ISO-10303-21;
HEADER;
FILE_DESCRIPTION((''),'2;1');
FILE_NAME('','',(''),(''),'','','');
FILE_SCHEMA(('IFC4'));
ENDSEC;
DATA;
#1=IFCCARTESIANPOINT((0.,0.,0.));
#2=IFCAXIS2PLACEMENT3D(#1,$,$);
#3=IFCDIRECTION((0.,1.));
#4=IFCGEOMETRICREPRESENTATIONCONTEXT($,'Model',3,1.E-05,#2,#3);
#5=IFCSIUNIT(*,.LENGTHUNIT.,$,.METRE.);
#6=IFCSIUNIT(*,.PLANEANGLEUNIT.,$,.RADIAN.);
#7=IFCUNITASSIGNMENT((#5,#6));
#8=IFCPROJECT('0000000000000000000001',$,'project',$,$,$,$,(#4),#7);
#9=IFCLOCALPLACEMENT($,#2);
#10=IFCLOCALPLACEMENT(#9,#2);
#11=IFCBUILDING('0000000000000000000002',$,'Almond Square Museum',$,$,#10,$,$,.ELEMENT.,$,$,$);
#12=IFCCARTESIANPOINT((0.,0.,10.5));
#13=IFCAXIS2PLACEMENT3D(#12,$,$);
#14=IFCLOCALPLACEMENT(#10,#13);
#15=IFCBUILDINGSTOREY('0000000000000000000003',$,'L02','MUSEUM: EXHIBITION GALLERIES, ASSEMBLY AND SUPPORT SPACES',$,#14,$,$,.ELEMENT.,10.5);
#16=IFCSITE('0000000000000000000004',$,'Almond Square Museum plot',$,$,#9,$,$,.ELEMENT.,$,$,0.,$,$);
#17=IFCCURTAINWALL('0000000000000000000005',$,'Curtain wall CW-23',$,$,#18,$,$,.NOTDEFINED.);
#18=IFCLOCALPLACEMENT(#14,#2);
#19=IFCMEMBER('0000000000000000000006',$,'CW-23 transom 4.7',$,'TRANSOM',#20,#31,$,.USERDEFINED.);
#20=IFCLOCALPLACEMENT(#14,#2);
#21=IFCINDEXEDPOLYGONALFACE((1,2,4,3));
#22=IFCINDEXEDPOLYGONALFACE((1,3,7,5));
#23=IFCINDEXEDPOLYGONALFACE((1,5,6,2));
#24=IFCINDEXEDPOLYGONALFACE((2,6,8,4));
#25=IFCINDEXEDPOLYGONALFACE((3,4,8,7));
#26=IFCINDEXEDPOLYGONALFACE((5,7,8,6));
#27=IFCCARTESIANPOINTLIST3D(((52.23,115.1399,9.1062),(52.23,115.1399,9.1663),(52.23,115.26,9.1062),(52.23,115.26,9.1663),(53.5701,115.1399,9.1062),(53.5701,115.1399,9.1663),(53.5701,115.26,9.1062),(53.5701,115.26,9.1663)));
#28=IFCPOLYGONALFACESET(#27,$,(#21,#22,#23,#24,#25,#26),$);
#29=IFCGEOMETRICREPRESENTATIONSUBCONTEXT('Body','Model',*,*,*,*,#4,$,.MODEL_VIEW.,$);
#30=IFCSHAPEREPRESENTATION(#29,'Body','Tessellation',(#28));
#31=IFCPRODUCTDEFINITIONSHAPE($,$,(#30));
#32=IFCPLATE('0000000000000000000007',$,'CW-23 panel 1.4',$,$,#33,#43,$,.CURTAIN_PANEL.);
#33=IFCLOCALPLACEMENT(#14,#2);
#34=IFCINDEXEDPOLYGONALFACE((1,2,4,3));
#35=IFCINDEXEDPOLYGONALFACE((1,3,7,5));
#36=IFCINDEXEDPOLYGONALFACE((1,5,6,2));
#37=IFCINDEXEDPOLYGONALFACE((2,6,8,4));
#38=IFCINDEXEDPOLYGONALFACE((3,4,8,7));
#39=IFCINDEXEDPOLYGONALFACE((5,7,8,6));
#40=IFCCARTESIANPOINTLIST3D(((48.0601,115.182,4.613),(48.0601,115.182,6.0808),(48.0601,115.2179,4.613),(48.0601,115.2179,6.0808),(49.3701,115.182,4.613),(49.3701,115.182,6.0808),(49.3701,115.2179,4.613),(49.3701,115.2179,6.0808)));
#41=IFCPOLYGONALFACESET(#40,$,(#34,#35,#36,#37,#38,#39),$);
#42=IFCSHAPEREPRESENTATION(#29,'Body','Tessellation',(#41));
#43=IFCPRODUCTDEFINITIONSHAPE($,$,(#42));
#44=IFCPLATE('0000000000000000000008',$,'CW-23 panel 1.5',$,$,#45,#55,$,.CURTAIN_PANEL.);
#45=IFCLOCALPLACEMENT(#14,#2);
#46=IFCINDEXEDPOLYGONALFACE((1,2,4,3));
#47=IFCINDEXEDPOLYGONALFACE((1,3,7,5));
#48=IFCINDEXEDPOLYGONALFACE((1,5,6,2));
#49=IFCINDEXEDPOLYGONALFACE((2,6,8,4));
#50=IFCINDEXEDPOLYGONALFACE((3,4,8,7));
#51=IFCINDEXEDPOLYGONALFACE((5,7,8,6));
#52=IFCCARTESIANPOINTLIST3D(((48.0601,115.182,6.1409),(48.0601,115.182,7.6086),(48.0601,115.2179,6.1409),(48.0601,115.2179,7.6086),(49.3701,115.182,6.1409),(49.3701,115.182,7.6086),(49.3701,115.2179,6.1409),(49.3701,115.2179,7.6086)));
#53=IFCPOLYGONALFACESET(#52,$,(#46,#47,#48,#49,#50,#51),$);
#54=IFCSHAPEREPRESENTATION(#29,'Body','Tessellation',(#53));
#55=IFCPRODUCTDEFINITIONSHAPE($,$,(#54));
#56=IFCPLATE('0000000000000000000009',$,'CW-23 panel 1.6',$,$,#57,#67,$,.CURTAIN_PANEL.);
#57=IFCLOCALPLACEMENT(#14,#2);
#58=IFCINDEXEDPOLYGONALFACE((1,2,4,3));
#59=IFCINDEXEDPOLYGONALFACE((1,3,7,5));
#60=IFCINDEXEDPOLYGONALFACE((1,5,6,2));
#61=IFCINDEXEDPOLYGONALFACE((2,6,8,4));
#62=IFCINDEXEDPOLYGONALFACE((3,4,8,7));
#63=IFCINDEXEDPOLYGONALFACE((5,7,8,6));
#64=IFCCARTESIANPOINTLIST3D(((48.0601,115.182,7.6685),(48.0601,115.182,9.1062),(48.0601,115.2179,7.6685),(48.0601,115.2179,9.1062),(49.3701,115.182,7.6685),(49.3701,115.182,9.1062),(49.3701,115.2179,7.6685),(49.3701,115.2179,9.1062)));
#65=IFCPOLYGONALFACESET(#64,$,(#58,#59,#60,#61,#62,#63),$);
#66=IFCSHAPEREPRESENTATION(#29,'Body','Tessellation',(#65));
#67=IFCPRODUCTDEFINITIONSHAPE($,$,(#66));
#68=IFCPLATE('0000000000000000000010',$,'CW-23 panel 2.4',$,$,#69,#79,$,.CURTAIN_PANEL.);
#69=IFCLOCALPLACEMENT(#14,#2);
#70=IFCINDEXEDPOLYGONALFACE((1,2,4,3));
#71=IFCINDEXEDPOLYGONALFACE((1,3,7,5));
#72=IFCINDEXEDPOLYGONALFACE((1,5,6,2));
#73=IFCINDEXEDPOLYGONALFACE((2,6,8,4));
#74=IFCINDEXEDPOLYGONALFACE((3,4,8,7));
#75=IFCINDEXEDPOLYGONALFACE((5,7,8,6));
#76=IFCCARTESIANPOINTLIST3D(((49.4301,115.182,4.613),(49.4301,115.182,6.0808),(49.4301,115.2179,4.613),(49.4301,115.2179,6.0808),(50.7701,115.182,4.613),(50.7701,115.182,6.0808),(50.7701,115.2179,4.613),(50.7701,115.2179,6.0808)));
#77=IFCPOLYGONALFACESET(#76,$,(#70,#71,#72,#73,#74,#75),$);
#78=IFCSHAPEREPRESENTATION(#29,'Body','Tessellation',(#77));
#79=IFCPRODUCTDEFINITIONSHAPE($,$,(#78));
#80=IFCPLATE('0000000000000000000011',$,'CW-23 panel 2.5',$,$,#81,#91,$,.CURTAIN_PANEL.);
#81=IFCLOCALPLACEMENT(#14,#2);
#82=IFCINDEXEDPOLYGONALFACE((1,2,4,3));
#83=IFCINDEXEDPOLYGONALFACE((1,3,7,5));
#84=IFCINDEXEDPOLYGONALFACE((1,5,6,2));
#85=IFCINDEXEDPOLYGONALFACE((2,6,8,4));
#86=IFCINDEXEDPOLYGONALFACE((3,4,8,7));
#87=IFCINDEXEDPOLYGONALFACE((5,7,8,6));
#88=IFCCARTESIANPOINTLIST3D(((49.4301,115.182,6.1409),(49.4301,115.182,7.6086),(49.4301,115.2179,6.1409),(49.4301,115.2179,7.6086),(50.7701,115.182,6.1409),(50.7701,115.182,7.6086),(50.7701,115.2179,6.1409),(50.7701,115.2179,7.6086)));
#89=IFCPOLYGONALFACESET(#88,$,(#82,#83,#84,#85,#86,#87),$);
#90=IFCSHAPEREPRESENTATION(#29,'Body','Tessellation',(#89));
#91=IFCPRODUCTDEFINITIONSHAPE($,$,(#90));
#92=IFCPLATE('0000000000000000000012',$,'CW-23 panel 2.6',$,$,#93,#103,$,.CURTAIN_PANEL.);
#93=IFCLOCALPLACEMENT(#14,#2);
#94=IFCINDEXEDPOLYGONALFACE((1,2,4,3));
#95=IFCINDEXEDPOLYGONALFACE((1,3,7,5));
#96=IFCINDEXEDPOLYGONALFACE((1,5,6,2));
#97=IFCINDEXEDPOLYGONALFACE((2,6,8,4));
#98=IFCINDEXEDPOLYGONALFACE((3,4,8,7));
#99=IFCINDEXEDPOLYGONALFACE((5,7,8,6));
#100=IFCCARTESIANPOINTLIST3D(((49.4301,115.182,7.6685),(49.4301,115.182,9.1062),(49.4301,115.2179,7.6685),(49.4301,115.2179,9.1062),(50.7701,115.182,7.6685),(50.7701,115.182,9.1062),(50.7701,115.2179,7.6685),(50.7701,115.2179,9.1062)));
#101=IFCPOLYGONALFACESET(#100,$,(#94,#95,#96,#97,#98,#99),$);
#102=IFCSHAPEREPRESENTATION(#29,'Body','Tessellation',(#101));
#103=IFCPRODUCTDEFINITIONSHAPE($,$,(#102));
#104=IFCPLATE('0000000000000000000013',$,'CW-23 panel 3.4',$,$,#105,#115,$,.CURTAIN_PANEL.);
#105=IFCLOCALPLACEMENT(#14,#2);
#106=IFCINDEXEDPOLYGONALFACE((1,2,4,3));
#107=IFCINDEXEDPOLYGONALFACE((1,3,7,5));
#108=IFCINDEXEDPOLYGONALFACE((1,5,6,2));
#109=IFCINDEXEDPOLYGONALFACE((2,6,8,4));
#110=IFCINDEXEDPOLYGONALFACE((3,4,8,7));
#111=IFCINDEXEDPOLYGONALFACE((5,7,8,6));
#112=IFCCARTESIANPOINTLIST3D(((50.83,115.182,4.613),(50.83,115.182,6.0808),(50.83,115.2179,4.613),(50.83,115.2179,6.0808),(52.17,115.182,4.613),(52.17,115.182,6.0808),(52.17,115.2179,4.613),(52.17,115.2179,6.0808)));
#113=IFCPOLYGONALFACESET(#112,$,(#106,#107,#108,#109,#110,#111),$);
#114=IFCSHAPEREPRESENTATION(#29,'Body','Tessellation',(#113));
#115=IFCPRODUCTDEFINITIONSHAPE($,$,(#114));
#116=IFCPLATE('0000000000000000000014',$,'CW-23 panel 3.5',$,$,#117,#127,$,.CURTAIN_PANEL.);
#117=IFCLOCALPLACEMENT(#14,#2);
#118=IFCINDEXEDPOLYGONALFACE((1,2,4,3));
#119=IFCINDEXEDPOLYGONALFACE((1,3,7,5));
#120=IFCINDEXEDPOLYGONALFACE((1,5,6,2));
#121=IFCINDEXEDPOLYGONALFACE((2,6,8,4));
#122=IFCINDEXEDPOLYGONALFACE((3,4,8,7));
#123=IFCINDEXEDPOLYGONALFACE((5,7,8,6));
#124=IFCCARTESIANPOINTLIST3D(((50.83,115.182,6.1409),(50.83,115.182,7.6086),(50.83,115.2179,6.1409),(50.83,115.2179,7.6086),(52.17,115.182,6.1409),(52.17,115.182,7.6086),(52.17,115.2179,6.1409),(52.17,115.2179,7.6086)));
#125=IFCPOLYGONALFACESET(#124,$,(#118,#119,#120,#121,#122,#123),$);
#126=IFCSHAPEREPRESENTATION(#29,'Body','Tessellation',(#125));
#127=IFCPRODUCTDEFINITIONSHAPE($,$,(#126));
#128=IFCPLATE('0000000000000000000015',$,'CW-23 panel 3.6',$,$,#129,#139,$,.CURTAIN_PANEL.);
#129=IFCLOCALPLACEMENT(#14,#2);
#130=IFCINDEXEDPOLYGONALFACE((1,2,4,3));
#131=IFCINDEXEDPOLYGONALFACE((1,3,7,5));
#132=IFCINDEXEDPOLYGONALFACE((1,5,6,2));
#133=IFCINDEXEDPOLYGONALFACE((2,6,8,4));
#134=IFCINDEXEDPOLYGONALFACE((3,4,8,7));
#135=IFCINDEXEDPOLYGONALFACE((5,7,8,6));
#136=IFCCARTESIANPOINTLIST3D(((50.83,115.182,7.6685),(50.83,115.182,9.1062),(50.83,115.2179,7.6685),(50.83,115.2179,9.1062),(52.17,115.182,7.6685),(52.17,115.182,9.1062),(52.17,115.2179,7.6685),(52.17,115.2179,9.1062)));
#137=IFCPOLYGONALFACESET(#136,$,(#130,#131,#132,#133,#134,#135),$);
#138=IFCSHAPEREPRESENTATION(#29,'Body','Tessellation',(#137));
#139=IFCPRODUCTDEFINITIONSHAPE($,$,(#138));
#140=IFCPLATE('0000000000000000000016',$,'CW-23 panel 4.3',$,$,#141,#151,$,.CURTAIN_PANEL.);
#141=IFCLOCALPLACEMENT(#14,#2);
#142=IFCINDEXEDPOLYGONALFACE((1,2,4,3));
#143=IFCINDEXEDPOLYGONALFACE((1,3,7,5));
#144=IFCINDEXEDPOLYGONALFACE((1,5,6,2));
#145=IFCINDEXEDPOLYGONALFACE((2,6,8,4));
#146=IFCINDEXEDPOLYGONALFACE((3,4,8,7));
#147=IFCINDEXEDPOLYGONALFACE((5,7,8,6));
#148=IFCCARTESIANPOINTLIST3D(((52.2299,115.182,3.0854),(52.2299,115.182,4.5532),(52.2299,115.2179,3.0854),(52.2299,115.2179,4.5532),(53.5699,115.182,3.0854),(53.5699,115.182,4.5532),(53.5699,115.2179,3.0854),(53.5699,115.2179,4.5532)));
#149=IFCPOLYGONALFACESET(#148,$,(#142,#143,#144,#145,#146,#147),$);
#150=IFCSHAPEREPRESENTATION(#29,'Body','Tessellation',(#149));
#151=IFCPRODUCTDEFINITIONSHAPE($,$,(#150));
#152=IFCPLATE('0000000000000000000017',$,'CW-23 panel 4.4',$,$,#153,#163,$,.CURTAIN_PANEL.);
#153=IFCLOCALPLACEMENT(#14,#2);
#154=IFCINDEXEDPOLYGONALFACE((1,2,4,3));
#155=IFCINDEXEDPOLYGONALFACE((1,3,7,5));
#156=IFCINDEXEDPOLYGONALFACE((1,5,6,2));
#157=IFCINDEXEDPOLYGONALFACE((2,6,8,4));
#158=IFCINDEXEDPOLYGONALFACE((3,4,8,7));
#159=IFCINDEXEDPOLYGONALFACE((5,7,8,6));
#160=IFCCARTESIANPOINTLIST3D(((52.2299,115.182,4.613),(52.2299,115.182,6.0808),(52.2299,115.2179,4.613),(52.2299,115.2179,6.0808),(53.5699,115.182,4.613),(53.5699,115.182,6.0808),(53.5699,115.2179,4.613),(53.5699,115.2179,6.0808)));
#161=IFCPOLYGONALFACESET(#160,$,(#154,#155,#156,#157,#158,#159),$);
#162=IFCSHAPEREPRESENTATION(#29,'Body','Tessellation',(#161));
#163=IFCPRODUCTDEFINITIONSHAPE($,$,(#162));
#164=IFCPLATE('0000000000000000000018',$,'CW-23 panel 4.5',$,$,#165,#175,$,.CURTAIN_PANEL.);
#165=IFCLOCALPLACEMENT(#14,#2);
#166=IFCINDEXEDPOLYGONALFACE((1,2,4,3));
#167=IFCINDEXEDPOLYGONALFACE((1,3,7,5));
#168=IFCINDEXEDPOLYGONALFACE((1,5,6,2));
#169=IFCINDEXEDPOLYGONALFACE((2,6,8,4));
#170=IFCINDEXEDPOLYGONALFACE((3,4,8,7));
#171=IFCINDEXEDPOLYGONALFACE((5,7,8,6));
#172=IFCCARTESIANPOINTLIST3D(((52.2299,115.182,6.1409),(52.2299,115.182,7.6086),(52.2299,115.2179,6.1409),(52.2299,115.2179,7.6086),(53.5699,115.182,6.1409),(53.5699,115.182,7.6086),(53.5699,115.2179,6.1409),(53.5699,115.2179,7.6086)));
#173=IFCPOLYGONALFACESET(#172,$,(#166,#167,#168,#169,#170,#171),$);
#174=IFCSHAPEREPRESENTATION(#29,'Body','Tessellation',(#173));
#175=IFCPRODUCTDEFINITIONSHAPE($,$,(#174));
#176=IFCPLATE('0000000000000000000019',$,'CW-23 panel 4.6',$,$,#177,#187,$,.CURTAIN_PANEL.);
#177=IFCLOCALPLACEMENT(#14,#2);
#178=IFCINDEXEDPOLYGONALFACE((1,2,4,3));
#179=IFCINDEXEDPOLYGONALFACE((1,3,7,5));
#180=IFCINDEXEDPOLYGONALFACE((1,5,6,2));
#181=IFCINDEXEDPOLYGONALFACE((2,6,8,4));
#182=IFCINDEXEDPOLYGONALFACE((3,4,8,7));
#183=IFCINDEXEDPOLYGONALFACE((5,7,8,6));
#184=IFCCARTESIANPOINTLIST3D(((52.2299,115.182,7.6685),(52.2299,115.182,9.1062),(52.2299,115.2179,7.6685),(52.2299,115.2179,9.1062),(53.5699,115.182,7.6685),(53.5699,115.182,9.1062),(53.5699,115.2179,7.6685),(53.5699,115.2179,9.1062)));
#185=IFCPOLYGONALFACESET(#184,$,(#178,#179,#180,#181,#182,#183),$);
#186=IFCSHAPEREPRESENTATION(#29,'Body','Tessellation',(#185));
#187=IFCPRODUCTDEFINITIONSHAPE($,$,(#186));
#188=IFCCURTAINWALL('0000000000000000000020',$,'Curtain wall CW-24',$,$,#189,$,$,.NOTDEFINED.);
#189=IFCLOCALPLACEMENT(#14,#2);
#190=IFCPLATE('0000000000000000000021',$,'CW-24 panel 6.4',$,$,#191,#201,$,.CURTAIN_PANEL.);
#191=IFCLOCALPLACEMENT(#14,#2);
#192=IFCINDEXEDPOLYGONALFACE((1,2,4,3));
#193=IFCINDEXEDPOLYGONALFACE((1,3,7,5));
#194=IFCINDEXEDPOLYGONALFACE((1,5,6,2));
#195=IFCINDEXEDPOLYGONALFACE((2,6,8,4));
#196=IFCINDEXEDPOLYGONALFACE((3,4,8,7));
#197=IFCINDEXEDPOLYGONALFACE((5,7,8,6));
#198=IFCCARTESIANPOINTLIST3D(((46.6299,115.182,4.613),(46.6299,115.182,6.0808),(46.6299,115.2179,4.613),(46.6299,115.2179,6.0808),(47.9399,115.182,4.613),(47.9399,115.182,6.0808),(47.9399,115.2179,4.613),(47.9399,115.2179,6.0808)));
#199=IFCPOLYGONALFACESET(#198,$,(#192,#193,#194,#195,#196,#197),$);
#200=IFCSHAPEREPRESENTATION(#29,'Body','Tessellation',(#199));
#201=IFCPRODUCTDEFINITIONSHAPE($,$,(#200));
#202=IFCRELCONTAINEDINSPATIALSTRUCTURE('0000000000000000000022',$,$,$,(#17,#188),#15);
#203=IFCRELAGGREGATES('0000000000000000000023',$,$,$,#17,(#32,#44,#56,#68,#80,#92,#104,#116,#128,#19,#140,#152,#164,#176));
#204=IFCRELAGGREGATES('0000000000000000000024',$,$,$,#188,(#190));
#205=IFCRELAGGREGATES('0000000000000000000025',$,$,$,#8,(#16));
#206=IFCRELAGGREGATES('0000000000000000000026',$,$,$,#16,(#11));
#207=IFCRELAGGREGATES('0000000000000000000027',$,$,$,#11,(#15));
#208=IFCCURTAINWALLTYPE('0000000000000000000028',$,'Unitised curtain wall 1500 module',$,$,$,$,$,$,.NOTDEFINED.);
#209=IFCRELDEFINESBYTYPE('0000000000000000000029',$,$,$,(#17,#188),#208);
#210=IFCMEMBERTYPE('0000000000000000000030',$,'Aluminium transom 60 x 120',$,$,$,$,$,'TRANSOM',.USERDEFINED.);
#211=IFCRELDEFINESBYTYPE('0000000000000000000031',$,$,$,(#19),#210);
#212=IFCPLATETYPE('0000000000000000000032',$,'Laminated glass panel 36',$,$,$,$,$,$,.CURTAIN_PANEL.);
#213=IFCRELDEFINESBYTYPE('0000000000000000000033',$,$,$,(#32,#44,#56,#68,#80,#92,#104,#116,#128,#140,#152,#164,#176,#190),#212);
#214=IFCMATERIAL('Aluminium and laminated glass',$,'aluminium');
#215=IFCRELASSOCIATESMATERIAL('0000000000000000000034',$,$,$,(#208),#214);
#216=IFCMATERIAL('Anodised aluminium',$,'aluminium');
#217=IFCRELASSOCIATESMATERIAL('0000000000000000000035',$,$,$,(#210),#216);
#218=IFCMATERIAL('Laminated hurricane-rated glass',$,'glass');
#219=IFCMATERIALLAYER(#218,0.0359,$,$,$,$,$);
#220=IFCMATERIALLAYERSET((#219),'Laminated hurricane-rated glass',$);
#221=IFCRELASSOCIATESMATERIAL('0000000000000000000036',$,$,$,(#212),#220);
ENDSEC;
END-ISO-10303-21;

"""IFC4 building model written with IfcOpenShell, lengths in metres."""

from ifc_helpers import new_model, si_unit, direction, frame, origin, origin_2d, place, context, subcontext, project, spatial, rectangle, extrude, material, layer, layer_set, material_profile, profile_set, type_object, element, aggregate, save


model = new_model("IFC4")

# Units and contexts
model_context = context("Model", 3, precision=1e-05, world=origin(), true_north=direction((0.0, 1.0)))
body_context = subcontext(model_context, "Body", "Model", "MODEL_VIEW")
ifc_project = project(units=[si_unit("LENGTHUNIT", "METRE"), si_unit("PLANEANGLEUNIT", "RADIAN")], contexts=[model_context])

# Site, building, storey
site_placement = place(None, origin())
site = spatial("IfcSite", under=ifc_project, at=site_placement, Name="Almond Square Museum plot", CompositionType="ELEMENT", RefElevation=0.0)
building_placement = place(site_placement, origin())
building = spatial("IfcBuilding", under=site, at=building_placement, Name="Almond Square Museum", CompositionType="ELEMENT")
storey_placement = place(building_placement, frame((0.0, 0.0, 10.5)))
storey = spatial("IfcBuildingStorey", under=building, at=storey_placement, Name="L02", Description="MUSEUM: EXHIBITION GALLERIES, ASSEMBLY AND SUPPORT SPACES", CompositionType="ELEMENT", Elevation=10.5)

# Curtain wall, member, plates
ifc_material_1 = material(Name="Aluminium and laminated glass", Category="aluminium")
curtain_wall_type = type_object("IfcCurtainWallType", Name="Unitised curtain wall 1500 module", PredefinedType="NOTDEFINED", material=ifc_material_1)
curtain_wall_1_placement = place(storey_placement, origin())
curtain_wall_1 = element("IfcCurtainWall", 1, at=curtain_wall_1_placement, inside=storey, type_object=curtain_wall_type, Name="Curtain wall CW-23", PredefinedType="NOTDEFINED")
ifc_material_2 = material(Name="Anodised aluminium", Category="aluminium")
ifc_material_profile = material_profile(ifc_material_2, rectangle(XDim=0.1201, YDim=0.0601, at=origin_2d()))
ifc_profile_set = profile_set([ifc_material_profile], Name="Anodised aluminium")
member_type = type_object("IfcMemberType", Name="Aluminium transom 60 x 120", ElementType="TRANSOM", PredefinedType="USERDEFINED", material=ifc_profile_set)
member_1_placement = place(storey_placement, frame((52.23, 115.2, 9.1362), z_axis=(1.0, 0.0, 0.0), x_axis=(0.0, 1.0, 0.0)))
member_1 = element("IfcMember", 2, at=member_1_placement, type_object=member_type, Name="CW-23 transom 4.7", ObjectType="TRANSOM", PredefinedType="USERDEFINED", context=body_context, shape_type="SweptSolid", body=[
    extrude(rectangle(XDim=0.1201, YDim=0.0601, at=origin_2d()), origin(), (0.0, 0.0, 1.0), 1.3401),
])
ifc_material_3 = material(Name="Laminated hurricane-rated glass", Category="glass")
ifc_layer = layer(ifc_material_3, 0.0359)
ifc_layer_set = layer_set([ifc_layer], Name="Laminated hurricane-rated glass")
plate_type = type_object("IfcPlateType", Name="Laminated glass panel 36", PredefinedType="CURTAIN_PANEL", material=ifc_layer_set)
plate_1_placement = place(storey_placement, frame((48.7151, 115.2, 4.613), z_axis=(0.0, 0.0, 1.0), x_axis=(1.0, 0.0, 0.0)))
plate_1 = element("IfcPlate", 3, at=plate_1_placement, type_object=plate_type, Name="CW-23 panel 1.4", PredefinedType="CURTAIN_PANEL", context=body_context, shape_type="SweptSolid", body=[
    extrude(rectangle(XDim=1.3101, YDim=0.0359, at=origin_2d()), origin(), (0.0, 0.0, 1.0), 1.4678),
])
plate_2_placement = place(storey_placement, frame((48.7151, 115.2, 6.1409), z_axis=(0.0, 0.0, 1.0), x_axis=(1.0, 0.0, 0.0)))
plate_2 = element("IfcPlate", 4, at=plate_2_placement, type_object=plate_type, Name="CW-23 panel 1.5", PredefinedType="CURTAIN_PANEL", context=body_context, shape_type="SweptSolid", body=[
    extrude(rectangle(XDim=1.3101, YDim=0.0359, at=origin_2d()), origin(), (0.0, 0.0, 1.0), 1.4678),
])
plate_3_placement = place(storey_placement, frame((48.7151, 115.2, 7.6685), z_axis=(0.0, 0.0, 1.0), x_axis=(1.0, 0.0, 0.0)))
plate_3 = element("IfcPlate", 5, at=plate_3_placement, type_object=plate_type, Name="CW-23 panel 1.6", PredefinedType="CURTAIN_PANEL", context=body_context, shape_type="SweptSolid", body=[
    extrude(rectangle(XDim=1.3101, YDim=0.0359, at=origin_2d()), origin(), (0.0, 0.0, 1.0), 1.4377),
])
plate_4_placement = place(storey_placement, frame((50.1001, 115.2, 4.613), z_axis=(0.0, 0.0, 1.0), x_axis=(1.0, 0.0, 0.0)))
plate_4 = element("IfcPlate", 6, at=plate_4_placement, type_object=plate_type, Name="CW-23 panel 2.4", PredefinedType="CURTAIN_PANEL", context=body_context, shape_type="SweptSolid", body=[
    extrude(rectangle(XDim=1.3401, YDim=0.0359, at=origin_2d()), origin(), (0.0, 0.0, 1.0), 1.4678),
])
plate_5_placement = place(storey_placement, frame((50.1001, 115.2, 6.1409), z_axis=(0.0, 0.0, 1.0), x_axis=(1.0, 0.0, 0.0)))
plate_5 = element("IfcPlate", 7, at=plate_5_placement, type_object=plate_type, Name="CW-23 panel 2.5", PredefinedType="CURTAIN_PANEL", context=body_context, shape_type="SweptSolid", body=[
    extrude(rectangle(XDim=1.3401, YDim=0.0359, at=origin_2d()), origin(), (0.0, 0.0, 1.0), 1.4678),
])
plate_6_placement = place(storey_placement, frame((50.1001, 115.2, 7.6685), z_axis=(0.0, 0.0, 1.0), x_axis=(1.0, 0.0, 0.0)))
plate_6 = element("IfcPlate", 8, at=plate_6_placement, type_object=plate_type, Name="CW-23 panel 2.6", PredefinedType="CURTAIN_PANEL", context=body_context, shape_type="SweptSolid", body=[
    extrude(rectangle(XDim=1.3401, YDim=0.0359, at=origin_2d()), origin(), (0.0, 0.0, 1.0), 1.4377),
])
plate_7_placement = place(storey_placement, frame((51.5, 115.2, 4.613), z_axis=(0.0, 0.0, 1.0), x_axis=(1.0, 0.0, 0.0)))
plate_7 = element("IfcPlate", 9, at=plate_7_placement, type_object=plate_type, Name="CW-23 panel 3.4", PredefinedType="CURTAIN_PANEL", context=body_context, shape_type="SweptSolid", body=[
    extrude(rectangle(XDim=1.3401, YDim=0.0359, at=origin_2d()), origin(), (0.0, 0.0, 1.0), 1.4678),
])
plate_8_placement = place(storey_placement, frame((51.5, 115.2, 6.1409), z_axis=(0.0, 0.0, 1.0), x_axis=(1.0, 0.0, 0.0)))
plate_8 = element("IfcPlate", 10, at=plate_8_placement, type_object=plate_type, Name="CW-23 panel 3.5", PredefinedType="CURTAIN_PANEL", context=body_context, shape_type="SweptSolid", body=[
    extrude(rectangle(XDim=1.3401, YDim=0.0359, at=origin_2d()), origin(), (0.0, 0.0, 1.0), 1.4678),
])
plate_9_placement = place(storey_placement, frame((51.5, 115.2, 7.6685), z_axis=(0.0, 0.0, 1.0), x_axis=(1.0, 0.0, 0.0)))
plate_9 = element("IfcPlate", 11, at=plate_9_placement, type_object=plate_type, Name="CW-23 panel 3.6", PredefinedType="CURTAIN_PANEL", context=body_context, shape_type="SweptSolid", body=[
    extrude(rectangle(XDim=1.3401, YDim=0.0359, at=origin_2d()), origin(), (0.0, 0.0, 1.0), 1.4377),
])
plate_10_placement = place(storey_placement, frame((52.8999, 115.2, 3.0854), z_axis=(0.0, 0.0, 1.0), x_axis=(1.0, 0.0, 0.0)))
plate_10 = element("IfcPlate", 12, at=plate_10_placement, type_object=plate_type, Name="CW-23 panel 4.3", PredefinedType="CURTAIN_PANEL", context=body_context, shape_type="SweptSolid", body=[
    extrude(rectangle(XDim=1.3401, YDim=0.0359, at=origin_2d()), origin(), (0.0, 0.0, 1.0), 1.4678),
])
plate_11_placement = place(storey_placement, frame((52.8999, 115.2, 4.613), z_axis=(0.0, 0.0, 1.0), x_axis=(1.0, 0.0, 0.0)))
plate_11 = element("IfcPlate", 13, at=plate_11_placement, type_object=plate_type, Name="CW-23 panel 4.4", PredefinedType="CURTAIN_PANEL", context=body_context, shape_type="SweptSolid", body=[
    extrude(rectangle(XDim=1.3401, YDim=0.0359, at=origin_2d()), origin(), (0.0, 0.0, 1.0), 1.4678),
])
plate_12_placement = place(storey_placement, frame((52.8999, 115.2, 6.1409), z_axis=(0.0, 0.0, 1.0), x_axis=(1.0, 0.0, 0.0)))
plate_12 = element("IfcPlate", 14, at=plate_12_placement, type_object=plate_type, Name="CW-23 panel 4.5", PredefinedType="CURTAIN_PANEL", context=body_context, shape_type="SweptSolid", body=[
    extrude(rectangle(XDim=1.3401, YDim=0.0359, at=origin_2d()), origin(), (0.0, 0.0, 1.0), 1.4678),
])
plate_13_placement = place(storey_placement, frame((52.8999, 115.2, 7.6685), z_axis=(0.0, 0.0, 1.0), x_axis=(1.0, 0.0, 0.0)))
plate_13 = element("IfcPlate", 15, at=plate_13_placement, type_object=plate_type, Name="CW-23 panel 4.6", PredefinedType="CURTAIN_PANEL", context=body_context, shape_type="SweptSolid", body=[
    extrude(rectangle(XDim=1.3401, YDim=0.0359, at=origin_2d()), origin(), (0.0, 0.0, 1.0), 1.4377),
])
aggregate(curtain_wall_1, [plate_1, plate_2, plate_3, plate_4, plate_5, plate_6, plate_7, plate_8, plate_9, member_1, plate_10, plate_11, plate_12, plate_13])

# Curtain wall, plate
curtain_wall_2_placement = place(storey_placement, origin())
curtain_wall_2 = element("IfcCurtainWall", 16, at=curtain_wall_2_placement, inside=storey, type_object=curtain_wall_type, Name="Curtain wall CW-24", PredefinedType="NOTDEFINED")
plate_14_placement = place(storey_placement, frame((47.2849, 115.2, 4.613), z_axis=(0.0, 0.0, 1.0), x_axis=(1.0, 0.0, 0.0)))
plate_14 = element("IfcPlate", 17, at=plate_14_placement, type_object=plate_type, Name="CW-24 panel 6.4", PredefinedType="CURTAIN_PANEL", context=body_context, shape_type="SweptSolid", body=[
    extrude(rectangle(XDim=1.3101, YDim=0.0359, at=origin_2d()), origin(), (0.0, 0.0, 1.0), 1.4678),
])
aggregate(curtain_wall_2, [plate_14])

save(model, "model.ifc")
